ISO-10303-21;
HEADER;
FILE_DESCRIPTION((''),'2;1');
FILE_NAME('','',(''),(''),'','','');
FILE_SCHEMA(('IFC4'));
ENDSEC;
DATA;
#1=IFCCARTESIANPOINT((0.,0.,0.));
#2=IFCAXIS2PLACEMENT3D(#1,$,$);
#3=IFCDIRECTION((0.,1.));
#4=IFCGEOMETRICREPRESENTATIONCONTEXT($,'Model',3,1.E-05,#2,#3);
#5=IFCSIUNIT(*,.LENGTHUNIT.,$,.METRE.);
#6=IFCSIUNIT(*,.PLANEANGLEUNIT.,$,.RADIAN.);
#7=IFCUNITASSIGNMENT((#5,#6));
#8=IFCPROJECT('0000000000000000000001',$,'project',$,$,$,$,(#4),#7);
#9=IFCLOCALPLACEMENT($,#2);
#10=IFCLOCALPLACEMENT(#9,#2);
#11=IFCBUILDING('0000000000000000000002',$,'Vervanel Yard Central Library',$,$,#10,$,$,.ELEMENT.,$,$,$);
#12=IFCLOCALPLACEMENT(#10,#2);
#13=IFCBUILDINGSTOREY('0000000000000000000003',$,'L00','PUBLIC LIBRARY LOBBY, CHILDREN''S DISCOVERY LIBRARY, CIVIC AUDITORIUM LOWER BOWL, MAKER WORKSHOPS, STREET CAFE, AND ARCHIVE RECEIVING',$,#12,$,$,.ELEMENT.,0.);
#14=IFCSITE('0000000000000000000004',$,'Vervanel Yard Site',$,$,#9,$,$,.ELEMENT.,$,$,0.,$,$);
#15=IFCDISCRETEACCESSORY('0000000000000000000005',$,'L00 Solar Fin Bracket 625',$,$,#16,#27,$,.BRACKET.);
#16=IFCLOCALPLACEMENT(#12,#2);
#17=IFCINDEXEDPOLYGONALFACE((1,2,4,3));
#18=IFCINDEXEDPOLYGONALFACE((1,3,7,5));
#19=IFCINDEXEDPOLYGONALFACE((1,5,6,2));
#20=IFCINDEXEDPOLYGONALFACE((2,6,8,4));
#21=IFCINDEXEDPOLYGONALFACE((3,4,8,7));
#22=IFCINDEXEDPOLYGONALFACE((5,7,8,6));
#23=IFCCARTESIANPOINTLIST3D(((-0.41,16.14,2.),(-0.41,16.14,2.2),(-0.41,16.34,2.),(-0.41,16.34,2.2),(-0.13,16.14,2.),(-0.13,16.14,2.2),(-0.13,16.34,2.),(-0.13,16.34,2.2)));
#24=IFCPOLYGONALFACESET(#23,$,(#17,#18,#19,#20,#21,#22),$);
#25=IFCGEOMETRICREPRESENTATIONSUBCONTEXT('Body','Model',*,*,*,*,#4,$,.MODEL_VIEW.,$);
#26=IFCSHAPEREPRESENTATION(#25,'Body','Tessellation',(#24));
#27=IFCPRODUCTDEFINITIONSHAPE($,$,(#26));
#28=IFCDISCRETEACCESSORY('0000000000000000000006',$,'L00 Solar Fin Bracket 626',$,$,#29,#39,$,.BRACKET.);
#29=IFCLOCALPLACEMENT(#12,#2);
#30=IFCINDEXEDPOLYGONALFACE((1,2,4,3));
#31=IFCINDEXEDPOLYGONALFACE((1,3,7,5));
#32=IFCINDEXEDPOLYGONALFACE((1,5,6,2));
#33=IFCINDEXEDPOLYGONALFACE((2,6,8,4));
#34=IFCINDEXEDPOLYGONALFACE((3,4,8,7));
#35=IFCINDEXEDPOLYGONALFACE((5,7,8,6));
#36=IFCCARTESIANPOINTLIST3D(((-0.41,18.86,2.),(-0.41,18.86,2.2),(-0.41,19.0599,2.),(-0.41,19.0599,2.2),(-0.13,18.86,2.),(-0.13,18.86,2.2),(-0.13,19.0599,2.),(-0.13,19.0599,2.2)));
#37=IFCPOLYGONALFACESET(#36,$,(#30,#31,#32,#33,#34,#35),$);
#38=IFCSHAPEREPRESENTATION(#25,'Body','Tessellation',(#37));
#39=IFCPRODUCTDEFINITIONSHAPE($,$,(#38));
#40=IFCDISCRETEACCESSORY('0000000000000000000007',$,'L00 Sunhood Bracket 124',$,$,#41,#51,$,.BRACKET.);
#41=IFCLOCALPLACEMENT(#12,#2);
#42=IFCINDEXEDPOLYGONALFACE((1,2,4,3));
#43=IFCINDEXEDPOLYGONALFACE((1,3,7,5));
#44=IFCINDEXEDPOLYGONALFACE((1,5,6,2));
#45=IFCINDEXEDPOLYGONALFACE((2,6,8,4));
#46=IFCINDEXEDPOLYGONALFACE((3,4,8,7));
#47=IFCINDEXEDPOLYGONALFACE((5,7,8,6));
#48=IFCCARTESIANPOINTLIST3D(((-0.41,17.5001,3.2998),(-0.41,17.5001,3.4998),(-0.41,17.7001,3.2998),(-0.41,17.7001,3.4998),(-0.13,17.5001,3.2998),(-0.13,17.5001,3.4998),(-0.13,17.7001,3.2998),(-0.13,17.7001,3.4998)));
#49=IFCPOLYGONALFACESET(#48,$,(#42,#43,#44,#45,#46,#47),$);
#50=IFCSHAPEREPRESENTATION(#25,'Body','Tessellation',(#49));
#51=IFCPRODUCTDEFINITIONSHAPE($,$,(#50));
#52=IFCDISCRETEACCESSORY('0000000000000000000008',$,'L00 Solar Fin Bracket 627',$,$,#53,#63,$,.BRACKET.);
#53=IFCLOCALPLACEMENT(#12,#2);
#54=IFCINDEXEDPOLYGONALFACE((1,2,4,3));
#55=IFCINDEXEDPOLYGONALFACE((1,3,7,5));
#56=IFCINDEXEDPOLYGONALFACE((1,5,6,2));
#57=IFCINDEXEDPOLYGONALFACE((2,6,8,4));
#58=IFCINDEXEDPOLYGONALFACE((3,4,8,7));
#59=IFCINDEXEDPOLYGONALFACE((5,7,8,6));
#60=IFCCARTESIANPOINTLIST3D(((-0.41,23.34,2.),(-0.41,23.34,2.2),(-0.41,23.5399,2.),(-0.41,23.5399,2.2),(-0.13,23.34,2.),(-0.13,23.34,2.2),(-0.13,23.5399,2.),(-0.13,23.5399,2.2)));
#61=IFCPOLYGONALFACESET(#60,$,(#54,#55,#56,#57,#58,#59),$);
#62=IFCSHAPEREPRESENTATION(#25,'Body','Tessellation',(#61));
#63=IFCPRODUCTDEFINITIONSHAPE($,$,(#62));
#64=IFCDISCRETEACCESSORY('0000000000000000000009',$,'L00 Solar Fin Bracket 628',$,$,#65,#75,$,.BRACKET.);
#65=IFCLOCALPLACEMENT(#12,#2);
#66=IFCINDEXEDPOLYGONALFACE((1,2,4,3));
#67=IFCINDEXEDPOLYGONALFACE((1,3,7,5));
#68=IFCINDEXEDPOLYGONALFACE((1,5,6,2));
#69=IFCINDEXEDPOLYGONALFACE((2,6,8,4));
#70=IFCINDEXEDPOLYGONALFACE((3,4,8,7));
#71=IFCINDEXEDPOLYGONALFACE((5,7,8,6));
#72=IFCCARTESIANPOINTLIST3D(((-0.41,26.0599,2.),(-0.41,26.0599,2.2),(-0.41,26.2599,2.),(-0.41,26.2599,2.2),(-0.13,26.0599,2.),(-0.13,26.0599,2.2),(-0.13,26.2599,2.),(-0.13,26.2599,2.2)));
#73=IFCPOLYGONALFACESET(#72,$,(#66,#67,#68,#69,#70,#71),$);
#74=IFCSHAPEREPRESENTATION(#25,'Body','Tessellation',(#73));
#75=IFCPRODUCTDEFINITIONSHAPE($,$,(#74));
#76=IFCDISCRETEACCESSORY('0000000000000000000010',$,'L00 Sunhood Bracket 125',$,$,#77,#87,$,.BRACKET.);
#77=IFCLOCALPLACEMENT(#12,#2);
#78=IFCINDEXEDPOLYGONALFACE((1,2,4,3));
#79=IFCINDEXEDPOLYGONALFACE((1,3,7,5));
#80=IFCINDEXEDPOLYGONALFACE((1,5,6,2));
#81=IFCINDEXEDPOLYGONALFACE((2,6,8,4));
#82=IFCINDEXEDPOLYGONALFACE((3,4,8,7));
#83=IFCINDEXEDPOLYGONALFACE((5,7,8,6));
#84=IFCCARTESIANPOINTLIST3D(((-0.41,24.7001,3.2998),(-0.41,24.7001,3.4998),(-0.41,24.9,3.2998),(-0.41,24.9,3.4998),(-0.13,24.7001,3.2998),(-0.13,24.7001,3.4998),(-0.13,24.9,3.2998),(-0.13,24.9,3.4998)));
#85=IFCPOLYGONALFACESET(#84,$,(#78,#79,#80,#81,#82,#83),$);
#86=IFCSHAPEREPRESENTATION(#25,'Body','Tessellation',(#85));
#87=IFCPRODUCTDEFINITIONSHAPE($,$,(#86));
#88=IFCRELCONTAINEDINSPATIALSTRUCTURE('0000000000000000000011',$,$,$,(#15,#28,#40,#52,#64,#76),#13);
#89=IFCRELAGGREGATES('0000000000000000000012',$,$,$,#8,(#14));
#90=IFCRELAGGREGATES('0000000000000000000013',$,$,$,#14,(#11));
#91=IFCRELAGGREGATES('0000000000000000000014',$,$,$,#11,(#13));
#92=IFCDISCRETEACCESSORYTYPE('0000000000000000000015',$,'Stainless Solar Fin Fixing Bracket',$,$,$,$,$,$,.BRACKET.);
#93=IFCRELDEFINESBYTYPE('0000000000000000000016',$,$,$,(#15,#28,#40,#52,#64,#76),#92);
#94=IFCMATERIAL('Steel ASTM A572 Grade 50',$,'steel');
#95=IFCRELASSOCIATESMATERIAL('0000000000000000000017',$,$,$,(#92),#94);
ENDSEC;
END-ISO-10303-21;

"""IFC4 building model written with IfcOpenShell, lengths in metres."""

from ifc_helpers import new_model, si_unit, direction, frame, origin, origin_2d, place, context, subcontext, project, spatial, rectangle, extrude, material, type_object, element, save


model = new_model("IFC4")

# Units and contexts
model_context = context("Model", 3, precision=1e-05, world=origin(), true_north=direction((0.0, 1.0)))
body_context = subcontext(model_context, "Body", "Model", "MODEL_VIEW")
ifc_project = project(units=[si_unit("LENGTHUNIT", "METRE"), si_unit("PLANEANGLEUNIT", "RADIAN")], contexts=[model_context])

# Site, building, storey
site_placement = place(None, origin())
site = spatial("IfcSite", under=ifc_project, at=site_placement, Name="Vervanel Yard Site", CompositionType="ELEMENT", RefElevation=0.0)
building_placement = place(site_placement, origin())
building = spatial("IfcBuilding", under=site, at=building_placement, Name="Vervanel Yard Central Library", CompositionType="ELEMENT")
storey_placement = place(building_placement, origin())
storey = spatial("IfcBuildingStorey", under=building, at=storey_placement, Name="L00", Description="PUBLIC LIBRARY LOBBY, CHILDREN'S DISCOVERY LIBRARY, CIVIC AUDITORIUM LOWER BOWL, MAKER WORKSHOPS, STREET CAFE, AND ARCHIVE RECEIVING", CompositionType="ELEMENT", Elevation=0.0)

# Discrete accessories
ifc_material_1 = material(Name="Steel ASTM A572 Grade 50", Category="steel")
discrete_accessory_type = type_object("IfcDiscreteAccessoryType", Name="Stainless Solar Fin Fixing Bracket", PredefinedType="BRACKET", material=ifc_material_1)
for number, where, z_axis, x_axis, name in (
    (1, (-0.27, 16.24, 2.0), (0.0, 0.0, 1.0), (0.0, 1.0, 0.0), "L00 Solar Fin Bracket 625"),
    (2, (-0.27, 18.96, 2.0), (0.0, 0.0, 1.0), (0.0, 1.0, 0.0), "L00 Solar Fin Bracket 626"),
    (3, (-0.27, 17.6001, 3.2998), (0.0, 0.0, 1.0), (0.0, 1.0, 0.0), "L00 Sunhood Bracket 124"),
    (4, (-0.27, 23.4399, 2.0), (0.0, 0.0, 1.0), (0.0, 1.0, 0.0), "L00 Solar Fin Bracket 627"),
    (5, (-0.27, 26.1599, 2.0), (0.0, 0.0, 1.0), (0.0, 1.0, 0.0), "L00 Solar Fin Bracket 628"),
    (6, (-0.27, 24.8, 3.2998), (0.0, 0.0, 1.0), (0.0, 1.0, 0.0), "L00 Sunhood Bracket 125"),
):
    element("IfcDiscreteAccessory", number, at=place(storey_placement, frame(where, z_axis=z_axis, x_axis=x_axis)), inside=storey, type_object=discrete_accessory_type, Name=name, PredefinedType="BRACKET", context=body_context, shape_type="SweptSolid", body=[
        extrude(rectangle(XDim=0.2, YDim=0.28, at=origin_2d()), origin(), (0.0, 0.0, 1.0), 0.2),
    ])

save(model, "model.ifc")
